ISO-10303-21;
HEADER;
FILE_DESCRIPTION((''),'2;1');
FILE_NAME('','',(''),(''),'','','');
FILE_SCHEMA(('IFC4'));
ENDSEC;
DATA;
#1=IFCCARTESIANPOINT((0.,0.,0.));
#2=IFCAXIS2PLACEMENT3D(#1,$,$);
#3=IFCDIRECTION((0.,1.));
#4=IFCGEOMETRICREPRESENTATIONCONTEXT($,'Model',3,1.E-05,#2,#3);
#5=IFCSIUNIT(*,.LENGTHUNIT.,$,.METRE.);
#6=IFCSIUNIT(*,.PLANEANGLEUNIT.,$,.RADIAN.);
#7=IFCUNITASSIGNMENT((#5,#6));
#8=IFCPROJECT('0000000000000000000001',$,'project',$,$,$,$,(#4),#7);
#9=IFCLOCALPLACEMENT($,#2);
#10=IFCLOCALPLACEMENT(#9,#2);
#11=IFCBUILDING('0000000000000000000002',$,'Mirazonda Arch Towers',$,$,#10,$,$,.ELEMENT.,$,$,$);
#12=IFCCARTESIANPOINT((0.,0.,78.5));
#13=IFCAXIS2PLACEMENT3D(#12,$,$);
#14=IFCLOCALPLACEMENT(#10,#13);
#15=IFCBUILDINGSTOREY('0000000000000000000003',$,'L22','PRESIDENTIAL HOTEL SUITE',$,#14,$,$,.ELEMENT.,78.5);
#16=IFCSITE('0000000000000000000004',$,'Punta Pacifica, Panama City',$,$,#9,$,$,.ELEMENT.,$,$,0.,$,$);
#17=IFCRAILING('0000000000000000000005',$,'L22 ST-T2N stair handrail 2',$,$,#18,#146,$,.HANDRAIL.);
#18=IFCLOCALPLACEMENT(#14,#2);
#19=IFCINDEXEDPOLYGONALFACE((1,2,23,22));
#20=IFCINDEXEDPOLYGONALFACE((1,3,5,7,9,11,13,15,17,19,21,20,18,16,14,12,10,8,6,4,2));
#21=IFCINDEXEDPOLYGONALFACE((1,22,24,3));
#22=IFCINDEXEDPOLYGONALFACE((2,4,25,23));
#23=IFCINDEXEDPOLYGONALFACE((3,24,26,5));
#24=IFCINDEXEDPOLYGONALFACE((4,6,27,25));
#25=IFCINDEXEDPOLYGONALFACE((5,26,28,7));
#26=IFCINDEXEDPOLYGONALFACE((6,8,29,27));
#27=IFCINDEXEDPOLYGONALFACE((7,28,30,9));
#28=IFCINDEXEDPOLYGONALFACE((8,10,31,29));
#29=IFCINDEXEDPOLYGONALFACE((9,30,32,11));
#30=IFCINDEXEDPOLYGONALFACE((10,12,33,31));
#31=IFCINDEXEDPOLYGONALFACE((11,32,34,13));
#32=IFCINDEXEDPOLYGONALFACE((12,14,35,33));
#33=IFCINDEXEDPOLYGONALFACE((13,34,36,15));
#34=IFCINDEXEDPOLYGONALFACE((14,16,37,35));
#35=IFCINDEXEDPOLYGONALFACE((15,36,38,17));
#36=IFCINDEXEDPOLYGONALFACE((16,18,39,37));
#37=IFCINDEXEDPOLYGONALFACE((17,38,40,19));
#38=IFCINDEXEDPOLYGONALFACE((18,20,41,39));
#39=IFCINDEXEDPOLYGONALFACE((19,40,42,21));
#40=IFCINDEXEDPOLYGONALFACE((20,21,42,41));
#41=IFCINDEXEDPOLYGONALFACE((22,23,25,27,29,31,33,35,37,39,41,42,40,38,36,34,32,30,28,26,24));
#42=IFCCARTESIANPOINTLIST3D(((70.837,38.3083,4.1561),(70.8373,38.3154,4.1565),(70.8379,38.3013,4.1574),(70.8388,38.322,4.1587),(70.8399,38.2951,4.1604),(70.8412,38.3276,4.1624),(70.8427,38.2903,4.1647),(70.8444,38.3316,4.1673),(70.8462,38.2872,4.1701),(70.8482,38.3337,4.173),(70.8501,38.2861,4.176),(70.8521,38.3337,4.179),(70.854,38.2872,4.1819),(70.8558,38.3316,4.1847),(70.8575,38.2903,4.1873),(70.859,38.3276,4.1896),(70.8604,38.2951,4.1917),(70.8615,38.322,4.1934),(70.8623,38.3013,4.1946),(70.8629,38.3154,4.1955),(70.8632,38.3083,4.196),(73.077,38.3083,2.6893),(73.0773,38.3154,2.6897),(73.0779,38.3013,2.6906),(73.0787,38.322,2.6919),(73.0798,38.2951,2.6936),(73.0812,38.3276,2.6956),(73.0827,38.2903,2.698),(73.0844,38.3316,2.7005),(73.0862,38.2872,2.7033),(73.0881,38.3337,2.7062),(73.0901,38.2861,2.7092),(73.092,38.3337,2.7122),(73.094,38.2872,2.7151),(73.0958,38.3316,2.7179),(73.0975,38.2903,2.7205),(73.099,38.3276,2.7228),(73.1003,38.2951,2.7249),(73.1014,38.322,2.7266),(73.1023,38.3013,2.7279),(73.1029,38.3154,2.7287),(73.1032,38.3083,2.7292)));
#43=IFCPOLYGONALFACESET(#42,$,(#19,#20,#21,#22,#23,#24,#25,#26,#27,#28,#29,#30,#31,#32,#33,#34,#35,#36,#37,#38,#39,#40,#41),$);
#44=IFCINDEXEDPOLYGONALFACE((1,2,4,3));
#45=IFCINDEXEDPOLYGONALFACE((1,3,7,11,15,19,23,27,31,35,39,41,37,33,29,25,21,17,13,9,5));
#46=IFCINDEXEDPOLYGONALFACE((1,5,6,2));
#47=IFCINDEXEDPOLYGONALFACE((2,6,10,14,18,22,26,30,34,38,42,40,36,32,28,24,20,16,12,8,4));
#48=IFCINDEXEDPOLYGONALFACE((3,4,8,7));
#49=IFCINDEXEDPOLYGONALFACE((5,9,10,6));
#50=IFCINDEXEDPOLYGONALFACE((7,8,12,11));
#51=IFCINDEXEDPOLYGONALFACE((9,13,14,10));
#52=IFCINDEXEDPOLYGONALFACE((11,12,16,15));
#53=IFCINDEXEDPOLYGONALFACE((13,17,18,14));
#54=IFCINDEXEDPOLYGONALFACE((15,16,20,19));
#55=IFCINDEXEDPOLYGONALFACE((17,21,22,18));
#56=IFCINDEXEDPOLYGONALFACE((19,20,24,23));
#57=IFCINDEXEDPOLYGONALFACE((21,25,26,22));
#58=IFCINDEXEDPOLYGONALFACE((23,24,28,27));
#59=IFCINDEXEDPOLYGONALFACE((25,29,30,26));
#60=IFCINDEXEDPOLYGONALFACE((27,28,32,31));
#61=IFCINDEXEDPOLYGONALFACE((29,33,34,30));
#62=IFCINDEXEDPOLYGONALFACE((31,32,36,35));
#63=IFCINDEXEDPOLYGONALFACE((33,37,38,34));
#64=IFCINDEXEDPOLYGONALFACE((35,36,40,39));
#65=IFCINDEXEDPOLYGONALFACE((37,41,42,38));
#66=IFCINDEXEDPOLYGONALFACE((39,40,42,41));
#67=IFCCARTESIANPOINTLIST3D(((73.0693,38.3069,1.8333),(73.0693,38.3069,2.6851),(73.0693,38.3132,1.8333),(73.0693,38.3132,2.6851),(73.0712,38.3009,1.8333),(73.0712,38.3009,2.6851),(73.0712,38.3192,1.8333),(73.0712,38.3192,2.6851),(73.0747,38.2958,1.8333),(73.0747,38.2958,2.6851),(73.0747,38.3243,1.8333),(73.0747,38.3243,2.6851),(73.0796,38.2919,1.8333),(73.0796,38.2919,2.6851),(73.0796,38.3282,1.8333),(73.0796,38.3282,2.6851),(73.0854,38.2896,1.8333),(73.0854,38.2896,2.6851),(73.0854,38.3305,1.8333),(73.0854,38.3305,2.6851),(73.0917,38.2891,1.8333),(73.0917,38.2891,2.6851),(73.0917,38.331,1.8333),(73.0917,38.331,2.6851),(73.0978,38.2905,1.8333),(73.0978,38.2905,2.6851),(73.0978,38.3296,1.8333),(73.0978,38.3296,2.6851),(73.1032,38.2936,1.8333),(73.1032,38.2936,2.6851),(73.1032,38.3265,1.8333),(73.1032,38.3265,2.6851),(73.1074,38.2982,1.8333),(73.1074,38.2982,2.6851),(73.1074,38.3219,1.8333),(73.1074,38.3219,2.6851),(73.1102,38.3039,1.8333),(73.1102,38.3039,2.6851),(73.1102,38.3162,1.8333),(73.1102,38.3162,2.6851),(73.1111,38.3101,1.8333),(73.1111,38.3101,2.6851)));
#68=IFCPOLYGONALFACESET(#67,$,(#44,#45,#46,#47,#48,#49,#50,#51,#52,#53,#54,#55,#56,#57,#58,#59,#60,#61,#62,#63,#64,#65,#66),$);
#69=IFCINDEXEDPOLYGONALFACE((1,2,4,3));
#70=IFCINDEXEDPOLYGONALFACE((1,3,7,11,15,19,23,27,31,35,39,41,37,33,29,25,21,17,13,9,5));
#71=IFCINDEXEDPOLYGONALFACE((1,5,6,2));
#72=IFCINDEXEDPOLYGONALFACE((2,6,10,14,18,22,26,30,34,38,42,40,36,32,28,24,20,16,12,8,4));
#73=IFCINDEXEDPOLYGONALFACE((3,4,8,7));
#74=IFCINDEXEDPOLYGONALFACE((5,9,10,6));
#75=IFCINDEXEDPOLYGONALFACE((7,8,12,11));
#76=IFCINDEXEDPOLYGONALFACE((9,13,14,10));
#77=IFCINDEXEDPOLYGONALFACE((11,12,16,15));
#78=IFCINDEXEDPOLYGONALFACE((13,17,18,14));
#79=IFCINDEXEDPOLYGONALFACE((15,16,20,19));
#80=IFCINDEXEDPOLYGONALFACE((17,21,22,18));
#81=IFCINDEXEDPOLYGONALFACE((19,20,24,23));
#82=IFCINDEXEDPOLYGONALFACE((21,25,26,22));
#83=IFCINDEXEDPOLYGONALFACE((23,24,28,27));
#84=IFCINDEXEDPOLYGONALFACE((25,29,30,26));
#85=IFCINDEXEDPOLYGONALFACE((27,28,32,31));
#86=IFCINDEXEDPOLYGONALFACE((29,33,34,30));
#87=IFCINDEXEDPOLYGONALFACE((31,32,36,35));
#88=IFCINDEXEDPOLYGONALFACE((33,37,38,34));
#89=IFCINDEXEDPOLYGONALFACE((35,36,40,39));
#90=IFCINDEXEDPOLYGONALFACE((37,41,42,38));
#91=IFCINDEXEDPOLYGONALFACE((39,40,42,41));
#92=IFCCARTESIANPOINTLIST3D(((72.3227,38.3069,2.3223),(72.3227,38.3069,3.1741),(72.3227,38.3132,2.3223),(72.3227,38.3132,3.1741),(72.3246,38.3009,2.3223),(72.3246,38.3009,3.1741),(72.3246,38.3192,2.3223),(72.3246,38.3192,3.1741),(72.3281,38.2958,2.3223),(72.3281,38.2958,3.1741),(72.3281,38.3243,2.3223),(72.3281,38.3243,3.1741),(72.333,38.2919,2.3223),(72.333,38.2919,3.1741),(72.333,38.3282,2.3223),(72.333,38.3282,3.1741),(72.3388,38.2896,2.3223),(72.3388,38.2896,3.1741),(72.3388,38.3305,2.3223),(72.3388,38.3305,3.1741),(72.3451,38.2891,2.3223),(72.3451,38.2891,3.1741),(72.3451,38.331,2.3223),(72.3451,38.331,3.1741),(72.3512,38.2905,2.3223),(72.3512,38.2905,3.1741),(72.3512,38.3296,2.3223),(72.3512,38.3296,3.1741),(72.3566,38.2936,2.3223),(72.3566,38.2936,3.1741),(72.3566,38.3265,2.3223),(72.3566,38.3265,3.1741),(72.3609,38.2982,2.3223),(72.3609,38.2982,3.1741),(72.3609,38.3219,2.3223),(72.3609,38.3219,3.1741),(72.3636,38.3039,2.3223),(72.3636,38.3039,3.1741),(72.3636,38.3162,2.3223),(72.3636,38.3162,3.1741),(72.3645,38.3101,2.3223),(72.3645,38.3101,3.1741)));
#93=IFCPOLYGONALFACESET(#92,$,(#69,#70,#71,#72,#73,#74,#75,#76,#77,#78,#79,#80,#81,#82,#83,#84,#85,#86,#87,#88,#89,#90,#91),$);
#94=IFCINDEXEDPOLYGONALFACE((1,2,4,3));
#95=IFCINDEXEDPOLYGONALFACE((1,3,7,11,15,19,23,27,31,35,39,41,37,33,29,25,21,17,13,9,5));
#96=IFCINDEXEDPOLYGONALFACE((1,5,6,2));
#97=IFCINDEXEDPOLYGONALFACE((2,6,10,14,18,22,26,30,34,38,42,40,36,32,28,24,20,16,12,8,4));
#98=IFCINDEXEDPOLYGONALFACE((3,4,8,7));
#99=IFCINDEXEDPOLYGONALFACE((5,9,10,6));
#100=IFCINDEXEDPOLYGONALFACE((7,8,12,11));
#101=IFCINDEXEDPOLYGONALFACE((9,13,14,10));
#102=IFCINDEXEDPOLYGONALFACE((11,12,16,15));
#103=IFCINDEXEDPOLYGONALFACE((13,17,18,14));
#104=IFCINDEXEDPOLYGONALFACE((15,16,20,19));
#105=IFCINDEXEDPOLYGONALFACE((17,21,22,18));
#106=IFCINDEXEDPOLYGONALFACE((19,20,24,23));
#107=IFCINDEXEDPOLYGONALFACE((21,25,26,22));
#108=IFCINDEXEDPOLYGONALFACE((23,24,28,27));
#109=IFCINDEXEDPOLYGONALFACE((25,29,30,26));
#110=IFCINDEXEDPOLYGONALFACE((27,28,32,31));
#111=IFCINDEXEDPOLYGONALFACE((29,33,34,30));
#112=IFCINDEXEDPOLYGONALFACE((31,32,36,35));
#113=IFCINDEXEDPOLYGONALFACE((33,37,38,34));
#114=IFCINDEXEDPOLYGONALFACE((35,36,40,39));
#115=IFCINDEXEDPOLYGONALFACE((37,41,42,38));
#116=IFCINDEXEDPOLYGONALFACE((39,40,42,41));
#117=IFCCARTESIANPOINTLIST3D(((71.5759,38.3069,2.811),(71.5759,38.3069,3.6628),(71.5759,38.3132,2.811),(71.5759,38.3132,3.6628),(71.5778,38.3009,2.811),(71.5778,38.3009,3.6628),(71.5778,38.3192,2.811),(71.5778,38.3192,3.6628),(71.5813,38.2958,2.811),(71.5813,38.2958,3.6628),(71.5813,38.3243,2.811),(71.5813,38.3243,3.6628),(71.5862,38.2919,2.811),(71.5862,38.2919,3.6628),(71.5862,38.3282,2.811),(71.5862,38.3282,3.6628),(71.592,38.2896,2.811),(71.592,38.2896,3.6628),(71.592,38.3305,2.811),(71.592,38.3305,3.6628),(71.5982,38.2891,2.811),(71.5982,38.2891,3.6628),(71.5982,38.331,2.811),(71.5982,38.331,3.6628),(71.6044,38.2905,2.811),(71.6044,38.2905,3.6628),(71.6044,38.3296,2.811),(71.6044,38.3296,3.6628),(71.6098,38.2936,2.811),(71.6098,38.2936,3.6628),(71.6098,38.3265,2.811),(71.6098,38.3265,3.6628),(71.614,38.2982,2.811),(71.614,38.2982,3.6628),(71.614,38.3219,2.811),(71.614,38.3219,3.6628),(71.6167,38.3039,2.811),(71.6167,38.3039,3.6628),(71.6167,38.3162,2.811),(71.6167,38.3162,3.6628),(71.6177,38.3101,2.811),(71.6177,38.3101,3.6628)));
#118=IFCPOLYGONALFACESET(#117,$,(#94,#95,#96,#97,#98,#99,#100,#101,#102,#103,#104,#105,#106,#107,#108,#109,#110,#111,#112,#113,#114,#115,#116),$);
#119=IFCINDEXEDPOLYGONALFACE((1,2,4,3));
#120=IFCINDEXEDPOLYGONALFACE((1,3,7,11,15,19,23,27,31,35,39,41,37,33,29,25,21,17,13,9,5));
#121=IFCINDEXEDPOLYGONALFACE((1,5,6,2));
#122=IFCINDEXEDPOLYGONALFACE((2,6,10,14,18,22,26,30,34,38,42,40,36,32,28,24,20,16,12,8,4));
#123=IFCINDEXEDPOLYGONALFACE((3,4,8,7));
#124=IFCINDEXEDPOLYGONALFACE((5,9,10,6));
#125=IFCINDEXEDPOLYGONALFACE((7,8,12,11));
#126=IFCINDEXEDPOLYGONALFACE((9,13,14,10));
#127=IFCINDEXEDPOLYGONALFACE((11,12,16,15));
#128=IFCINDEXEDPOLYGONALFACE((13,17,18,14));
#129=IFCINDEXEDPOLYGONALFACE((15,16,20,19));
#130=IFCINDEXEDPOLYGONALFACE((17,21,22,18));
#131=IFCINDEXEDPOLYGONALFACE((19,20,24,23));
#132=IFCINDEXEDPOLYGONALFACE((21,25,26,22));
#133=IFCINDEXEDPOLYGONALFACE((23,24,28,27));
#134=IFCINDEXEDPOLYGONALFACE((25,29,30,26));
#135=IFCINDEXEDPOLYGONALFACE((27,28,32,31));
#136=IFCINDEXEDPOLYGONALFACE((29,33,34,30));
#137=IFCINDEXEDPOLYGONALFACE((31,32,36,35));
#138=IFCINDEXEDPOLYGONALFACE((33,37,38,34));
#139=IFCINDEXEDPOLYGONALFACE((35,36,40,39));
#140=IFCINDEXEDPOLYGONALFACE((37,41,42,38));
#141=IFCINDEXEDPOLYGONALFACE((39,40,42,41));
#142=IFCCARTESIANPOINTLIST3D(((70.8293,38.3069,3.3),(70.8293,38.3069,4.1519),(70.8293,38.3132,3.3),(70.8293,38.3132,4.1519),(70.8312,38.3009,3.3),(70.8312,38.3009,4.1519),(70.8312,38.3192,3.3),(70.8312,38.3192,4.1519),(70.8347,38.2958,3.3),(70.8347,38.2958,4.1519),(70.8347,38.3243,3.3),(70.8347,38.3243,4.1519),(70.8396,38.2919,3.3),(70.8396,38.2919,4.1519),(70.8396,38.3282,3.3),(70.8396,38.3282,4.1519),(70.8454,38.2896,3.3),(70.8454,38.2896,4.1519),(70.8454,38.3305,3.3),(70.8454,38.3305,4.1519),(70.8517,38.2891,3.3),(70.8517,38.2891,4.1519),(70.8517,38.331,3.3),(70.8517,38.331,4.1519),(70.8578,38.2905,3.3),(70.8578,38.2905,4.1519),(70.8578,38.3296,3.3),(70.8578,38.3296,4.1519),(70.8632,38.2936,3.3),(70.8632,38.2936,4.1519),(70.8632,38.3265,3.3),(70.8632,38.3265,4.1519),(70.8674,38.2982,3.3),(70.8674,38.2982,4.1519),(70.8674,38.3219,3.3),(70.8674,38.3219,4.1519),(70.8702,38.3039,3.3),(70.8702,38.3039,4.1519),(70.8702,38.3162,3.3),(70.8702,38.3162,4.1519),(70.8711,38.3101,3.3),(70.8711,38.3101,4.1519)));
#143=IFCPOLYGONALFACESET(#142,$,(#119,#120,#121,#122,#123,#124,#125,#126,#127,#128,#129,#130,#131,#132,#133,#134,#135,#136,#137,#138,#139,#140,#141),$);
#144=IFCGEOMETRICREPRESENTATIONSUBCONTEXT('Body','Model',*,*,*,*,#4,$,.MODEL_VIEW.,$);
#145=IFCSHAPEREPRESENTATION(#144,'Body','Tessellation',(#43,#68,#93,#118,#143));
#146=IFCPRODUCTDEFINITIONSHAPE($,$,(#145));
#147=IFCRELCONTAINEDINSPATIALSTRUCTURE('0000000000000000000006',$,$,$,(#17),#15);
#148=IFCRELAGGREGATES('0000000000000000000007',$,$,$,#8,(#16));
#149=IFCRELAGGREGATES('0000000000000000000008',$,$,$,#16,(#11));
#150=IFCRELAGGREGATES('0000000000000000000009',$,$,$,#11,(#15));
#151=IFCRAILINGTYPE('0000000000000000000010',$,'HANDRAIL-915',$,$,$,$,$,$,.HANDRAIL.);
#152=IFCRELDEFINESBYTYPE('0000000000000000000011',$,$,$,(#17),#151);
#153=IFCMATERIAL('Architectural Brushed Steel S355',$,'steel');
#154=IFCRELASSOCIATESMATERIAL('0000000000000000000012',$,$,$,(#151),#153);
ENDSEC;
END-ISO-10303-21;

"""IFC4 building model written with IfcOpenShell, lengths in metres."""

from ifc_helpers import new_model, si_unit, direction, frame, origin, origin_2d, place, context, subcontext, project, spatial, circle, extrude, material, type_object, element, save


model = new_model("IFC4")

# Units and contexts
model_context = context("Model", 3, precision=1e-05, world=origin(), true_north=direction((0.0, 1.0)))
body_context = subcontext(model_context, "Body", "Model", "MODEL_VIEW")
ifc_project = project(units=[si_unit("LENGTHUNIT", "METRE"), si_unit("PLANEANGLEUNIT", "RADIAN")], contexts=[model_context])

# Site, building, storey
site_placement = place(None, origin())
site = spatial("IfcSite", under=ifc_project, at=site_placement, Name="Punta Pacifica, Panama City", CompositionType="ELEMENT", RefElevation=0.0)
building_placement = place(site_placement, origin())
building = spatial("IfcBuilding", under=site, at=building_placement, Name="Mirazonda Arch Towers", CompositionType="ELEMENT")
storey_placement = place(building_placement, frame((0.0, 0.0, 78.5)))
storey = spatial("IfcBuildingStorey", under=building, at=storey_placement, Name="L22", Description="PRESIDENTIAL HOTEL SUITE", CompositionType="ELEMENT", Elevation=78.5)

# Railing
ifc_material_1 = material(Name="Architectural Brushed Steel S355", Category="steel")
railing_type_1 = type_object("IfcRailingType", Name="HANDRAIL-915", PredefinedType="HANDRAIL", material=ifc_material_1)
railing_1_placement = place(storey_placement, frame((73.0901, 38.3101, 1.8333)))
element("IfcRailing", 1, at=railing_1_placement, inside=storey, type_object=railing_type_1, Name="L22 ST-T2N stair handrail 2", PredefinedType="HANDRAIL", context=body_context, shape_type="SweptSolid", body=[
    extrude(circle(Radius=0.0239, at=origin_2d()), frame((0.0, 0.0, 0.876), z_axis=(-0.836595, 0.0, 0.547822), x_axis=(0.0, -1.0, 0.0)), (0.0, 0.0, 1.0), 2.6775),
    extrude(circle(Radius=0.021, at=origin_2d()), origin(), (0.0, 0.0, 1.0), 0.8518),
    extrude(circle(Radius=0.021, at=origin_2d()), frame((-0.7466, 0.0, 0.489)), (0.0, 0.0, 1.0), 0.8518),
    extrude(circle(Radius=0.021, at=origin_2d()), frame((-1.4934, 0.0, 0.9778)), (0.0, 0.0, 1.0), 0.8518),
    extrude(circle(Radius=0.021, at=origin_2d()), frame((-2.24, 0.0, 1.4668)), (0.0, 0.0, 1.0), 0.8518),
])

save(model, "model.ifc")
